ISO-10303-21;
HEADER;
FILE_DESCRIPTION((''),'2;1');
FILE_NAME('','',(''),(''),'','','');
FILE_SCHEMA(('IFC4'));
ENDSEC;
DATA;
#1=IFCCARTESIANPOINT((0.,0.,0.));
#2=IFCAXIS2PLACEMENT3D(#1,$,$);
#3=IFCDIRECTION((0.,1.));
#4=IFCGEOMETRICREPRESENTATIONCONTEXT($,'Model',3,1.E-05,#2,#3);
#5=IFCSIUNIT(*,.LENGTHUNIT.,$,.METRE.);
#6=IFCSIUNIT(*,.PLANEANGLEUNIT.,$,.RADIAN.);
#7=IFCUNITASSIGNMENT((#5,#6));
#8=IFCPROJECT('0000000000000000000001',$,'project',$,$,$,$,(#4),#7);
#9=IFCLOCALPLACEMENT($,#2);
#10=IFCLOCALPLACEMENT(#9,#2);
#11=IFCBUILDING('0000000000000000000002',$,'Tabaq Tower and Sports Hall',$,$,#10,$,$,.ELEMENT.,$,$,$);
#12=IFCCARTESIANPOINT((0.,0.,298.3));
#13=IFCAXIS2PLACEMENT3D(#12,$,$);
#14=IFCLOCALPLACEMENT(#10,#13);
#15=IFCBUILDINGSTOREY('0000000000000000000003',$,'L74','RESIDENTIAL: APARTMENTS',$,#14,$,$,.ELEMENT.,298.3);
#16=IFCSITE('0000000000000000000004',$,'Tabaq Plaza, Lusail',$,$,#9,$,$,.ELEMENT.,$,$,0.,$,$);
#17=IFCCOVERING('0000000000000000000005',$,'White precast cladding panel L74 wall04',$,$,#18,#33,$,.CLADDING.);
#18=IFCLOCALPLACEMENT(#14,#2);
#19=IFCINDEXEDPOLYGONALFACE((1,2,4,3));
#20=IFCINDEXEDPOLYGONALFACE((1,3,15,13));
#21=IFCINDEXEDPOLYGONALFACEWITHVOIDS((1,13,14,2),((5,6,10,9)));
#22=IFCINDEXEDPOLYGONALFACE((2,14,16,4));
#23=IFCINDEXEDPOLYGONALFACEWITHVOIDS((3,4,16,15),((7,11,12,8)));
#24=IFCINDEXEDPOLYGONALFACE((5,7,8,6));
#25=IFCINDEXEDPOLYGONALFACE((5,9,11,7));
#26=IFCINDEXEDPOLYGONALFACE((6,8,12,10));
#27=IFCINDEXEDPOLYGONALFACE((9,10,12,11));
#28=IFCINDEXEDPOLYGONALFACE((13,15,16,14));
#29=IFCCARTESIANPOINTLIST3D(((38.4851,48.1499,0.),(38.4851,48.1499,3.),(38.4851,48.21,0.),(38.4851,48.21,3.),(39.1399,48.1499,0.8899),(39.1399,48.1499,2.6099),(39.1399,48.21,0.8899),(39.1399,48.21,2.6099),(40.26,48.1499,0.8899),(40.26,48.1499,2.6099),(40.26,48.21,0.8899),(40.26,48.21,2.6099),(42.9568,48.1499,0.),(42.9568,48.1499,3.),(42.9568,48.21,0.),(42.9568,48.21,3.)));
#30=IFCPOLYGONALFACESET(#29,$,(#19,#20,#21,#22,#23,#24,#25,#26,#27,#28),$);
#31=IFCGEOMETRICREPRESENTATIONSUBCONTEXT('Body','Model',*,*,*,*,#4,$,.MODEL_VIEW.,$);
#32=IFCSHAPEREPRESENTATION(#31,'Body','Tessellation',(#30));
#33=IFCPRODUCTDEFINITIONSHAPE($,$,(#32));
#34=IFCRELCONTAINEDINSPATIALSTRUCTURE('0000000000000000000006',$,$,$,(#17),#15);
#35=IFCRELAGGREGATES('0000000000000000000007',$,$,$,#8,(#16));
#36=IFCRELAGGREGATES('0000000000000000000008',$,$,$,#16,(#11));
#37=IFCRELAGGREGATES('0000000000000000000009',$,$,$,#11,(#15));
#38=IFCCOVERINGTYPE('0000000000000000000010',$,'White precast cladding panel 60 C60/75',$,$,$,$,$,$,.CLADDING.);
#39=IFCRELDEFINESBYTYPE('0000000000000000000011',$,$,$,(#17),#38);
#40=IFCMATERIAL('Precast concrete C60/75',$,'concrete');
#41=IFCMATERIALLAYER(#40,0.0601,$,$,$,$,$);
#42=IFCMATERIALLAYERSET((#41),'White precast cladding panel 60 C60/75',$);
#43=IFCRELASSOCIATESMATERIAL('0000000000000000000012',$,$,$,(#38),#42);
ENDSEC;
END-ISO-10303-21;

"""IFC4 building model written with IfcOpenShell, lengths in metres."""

from ifc_helpers import new_model, si_unit, direction, frame, origin, place, context, subcontext, project, spatial, polyline, outline, extrude, material, layer, layer_set, type_object, element, save


model = new_model("IFC4")

# Units and contexts
model_context = context("Model", 3, precision=1e-05, world=origin(), true_north=direction((0.0, 1.0)))
body_context = subcontext(model_context, "Body", "Model", "MODEL_VIEW")
ifc_project = project(units=[si_unit("LENGTHUNIT", "METRE"), si_unit("PLANEANGLEUNIT", "RADIAN")], contexts=[model_context])

# Site, building, storey
site_placement = place(None, origin())
site = spatial("IfcSite", under=ifc_project, at=site_placement, Name="Tabaq Plaza, Lusail", CompositionType="ELEMENT", RefElevation=0.0)
building_placement = place(site_placement, origin())
building = spatial("IfcBuilding", under=site, at=building_placement, Name="Tabaq Tower and Sports Hall", CompositionType="ELEMENT")
storey_placement = place(building_placement, frame((0.0, 0.0, 298.3)))
storey = spatial("IfcBuildingStorey", under=building, at=storey_placement, Name="L74", Description="RESIDENTIAL: APARTMENTS", CompositionType="ELEMENT", Elevation=298.3)

# Covering
ifc_material_1 = material(Name="Precast concrete C60/75", Category="concrete")
ifc_layer_1 = layer(ifc_material_1, 0.0601)
ifc_layer_set_1 = layer_set([ifc_layer_1], Name="White precast cladding panel 60 C60/75")
covering_type_1 = type_object("IfcCoveringType", Name="White precast cladding panel 60 C60/75", PredefinedType="CLADDING", material=ifc_layer_set_1)
covering_1_placement = place(storey_placement, frame((42.9568, 48.1799, 0.0), z_axis=(0.0, 0.0, 1.0), x_axis=(-1.0, 0.0, 0.0)))
element("IfcCovering", 1, at=covering_1_placement, inside=storey, type_object=covering_type_1, Name="White precast cladding panel L74 wall04", PredefinedType="CLADDING", context=body_context, shape_type="SweptSolid", body=[
    extrude(outline(polyline([(0.0, 0.0), (4.4717, 0.0), (4.4717, 3.0), (0.0, 3.0), (0.0, 0.0)]), holes=[polyline([(2.6968, 0.8899), (2.6968, 2.6099), (3.8169, 2.6099), (3.8169, 0.8899), (2.6968, 0.8899)])]), frame((0.0, 0.03, 0.0), z_axis=(0.0, -1.0, 0.0), x_axis=(1.0, 0.0, 0.0)), (0.0, 0.0, 1.0), 0.0601),
])

save(model, "model.ifc")
